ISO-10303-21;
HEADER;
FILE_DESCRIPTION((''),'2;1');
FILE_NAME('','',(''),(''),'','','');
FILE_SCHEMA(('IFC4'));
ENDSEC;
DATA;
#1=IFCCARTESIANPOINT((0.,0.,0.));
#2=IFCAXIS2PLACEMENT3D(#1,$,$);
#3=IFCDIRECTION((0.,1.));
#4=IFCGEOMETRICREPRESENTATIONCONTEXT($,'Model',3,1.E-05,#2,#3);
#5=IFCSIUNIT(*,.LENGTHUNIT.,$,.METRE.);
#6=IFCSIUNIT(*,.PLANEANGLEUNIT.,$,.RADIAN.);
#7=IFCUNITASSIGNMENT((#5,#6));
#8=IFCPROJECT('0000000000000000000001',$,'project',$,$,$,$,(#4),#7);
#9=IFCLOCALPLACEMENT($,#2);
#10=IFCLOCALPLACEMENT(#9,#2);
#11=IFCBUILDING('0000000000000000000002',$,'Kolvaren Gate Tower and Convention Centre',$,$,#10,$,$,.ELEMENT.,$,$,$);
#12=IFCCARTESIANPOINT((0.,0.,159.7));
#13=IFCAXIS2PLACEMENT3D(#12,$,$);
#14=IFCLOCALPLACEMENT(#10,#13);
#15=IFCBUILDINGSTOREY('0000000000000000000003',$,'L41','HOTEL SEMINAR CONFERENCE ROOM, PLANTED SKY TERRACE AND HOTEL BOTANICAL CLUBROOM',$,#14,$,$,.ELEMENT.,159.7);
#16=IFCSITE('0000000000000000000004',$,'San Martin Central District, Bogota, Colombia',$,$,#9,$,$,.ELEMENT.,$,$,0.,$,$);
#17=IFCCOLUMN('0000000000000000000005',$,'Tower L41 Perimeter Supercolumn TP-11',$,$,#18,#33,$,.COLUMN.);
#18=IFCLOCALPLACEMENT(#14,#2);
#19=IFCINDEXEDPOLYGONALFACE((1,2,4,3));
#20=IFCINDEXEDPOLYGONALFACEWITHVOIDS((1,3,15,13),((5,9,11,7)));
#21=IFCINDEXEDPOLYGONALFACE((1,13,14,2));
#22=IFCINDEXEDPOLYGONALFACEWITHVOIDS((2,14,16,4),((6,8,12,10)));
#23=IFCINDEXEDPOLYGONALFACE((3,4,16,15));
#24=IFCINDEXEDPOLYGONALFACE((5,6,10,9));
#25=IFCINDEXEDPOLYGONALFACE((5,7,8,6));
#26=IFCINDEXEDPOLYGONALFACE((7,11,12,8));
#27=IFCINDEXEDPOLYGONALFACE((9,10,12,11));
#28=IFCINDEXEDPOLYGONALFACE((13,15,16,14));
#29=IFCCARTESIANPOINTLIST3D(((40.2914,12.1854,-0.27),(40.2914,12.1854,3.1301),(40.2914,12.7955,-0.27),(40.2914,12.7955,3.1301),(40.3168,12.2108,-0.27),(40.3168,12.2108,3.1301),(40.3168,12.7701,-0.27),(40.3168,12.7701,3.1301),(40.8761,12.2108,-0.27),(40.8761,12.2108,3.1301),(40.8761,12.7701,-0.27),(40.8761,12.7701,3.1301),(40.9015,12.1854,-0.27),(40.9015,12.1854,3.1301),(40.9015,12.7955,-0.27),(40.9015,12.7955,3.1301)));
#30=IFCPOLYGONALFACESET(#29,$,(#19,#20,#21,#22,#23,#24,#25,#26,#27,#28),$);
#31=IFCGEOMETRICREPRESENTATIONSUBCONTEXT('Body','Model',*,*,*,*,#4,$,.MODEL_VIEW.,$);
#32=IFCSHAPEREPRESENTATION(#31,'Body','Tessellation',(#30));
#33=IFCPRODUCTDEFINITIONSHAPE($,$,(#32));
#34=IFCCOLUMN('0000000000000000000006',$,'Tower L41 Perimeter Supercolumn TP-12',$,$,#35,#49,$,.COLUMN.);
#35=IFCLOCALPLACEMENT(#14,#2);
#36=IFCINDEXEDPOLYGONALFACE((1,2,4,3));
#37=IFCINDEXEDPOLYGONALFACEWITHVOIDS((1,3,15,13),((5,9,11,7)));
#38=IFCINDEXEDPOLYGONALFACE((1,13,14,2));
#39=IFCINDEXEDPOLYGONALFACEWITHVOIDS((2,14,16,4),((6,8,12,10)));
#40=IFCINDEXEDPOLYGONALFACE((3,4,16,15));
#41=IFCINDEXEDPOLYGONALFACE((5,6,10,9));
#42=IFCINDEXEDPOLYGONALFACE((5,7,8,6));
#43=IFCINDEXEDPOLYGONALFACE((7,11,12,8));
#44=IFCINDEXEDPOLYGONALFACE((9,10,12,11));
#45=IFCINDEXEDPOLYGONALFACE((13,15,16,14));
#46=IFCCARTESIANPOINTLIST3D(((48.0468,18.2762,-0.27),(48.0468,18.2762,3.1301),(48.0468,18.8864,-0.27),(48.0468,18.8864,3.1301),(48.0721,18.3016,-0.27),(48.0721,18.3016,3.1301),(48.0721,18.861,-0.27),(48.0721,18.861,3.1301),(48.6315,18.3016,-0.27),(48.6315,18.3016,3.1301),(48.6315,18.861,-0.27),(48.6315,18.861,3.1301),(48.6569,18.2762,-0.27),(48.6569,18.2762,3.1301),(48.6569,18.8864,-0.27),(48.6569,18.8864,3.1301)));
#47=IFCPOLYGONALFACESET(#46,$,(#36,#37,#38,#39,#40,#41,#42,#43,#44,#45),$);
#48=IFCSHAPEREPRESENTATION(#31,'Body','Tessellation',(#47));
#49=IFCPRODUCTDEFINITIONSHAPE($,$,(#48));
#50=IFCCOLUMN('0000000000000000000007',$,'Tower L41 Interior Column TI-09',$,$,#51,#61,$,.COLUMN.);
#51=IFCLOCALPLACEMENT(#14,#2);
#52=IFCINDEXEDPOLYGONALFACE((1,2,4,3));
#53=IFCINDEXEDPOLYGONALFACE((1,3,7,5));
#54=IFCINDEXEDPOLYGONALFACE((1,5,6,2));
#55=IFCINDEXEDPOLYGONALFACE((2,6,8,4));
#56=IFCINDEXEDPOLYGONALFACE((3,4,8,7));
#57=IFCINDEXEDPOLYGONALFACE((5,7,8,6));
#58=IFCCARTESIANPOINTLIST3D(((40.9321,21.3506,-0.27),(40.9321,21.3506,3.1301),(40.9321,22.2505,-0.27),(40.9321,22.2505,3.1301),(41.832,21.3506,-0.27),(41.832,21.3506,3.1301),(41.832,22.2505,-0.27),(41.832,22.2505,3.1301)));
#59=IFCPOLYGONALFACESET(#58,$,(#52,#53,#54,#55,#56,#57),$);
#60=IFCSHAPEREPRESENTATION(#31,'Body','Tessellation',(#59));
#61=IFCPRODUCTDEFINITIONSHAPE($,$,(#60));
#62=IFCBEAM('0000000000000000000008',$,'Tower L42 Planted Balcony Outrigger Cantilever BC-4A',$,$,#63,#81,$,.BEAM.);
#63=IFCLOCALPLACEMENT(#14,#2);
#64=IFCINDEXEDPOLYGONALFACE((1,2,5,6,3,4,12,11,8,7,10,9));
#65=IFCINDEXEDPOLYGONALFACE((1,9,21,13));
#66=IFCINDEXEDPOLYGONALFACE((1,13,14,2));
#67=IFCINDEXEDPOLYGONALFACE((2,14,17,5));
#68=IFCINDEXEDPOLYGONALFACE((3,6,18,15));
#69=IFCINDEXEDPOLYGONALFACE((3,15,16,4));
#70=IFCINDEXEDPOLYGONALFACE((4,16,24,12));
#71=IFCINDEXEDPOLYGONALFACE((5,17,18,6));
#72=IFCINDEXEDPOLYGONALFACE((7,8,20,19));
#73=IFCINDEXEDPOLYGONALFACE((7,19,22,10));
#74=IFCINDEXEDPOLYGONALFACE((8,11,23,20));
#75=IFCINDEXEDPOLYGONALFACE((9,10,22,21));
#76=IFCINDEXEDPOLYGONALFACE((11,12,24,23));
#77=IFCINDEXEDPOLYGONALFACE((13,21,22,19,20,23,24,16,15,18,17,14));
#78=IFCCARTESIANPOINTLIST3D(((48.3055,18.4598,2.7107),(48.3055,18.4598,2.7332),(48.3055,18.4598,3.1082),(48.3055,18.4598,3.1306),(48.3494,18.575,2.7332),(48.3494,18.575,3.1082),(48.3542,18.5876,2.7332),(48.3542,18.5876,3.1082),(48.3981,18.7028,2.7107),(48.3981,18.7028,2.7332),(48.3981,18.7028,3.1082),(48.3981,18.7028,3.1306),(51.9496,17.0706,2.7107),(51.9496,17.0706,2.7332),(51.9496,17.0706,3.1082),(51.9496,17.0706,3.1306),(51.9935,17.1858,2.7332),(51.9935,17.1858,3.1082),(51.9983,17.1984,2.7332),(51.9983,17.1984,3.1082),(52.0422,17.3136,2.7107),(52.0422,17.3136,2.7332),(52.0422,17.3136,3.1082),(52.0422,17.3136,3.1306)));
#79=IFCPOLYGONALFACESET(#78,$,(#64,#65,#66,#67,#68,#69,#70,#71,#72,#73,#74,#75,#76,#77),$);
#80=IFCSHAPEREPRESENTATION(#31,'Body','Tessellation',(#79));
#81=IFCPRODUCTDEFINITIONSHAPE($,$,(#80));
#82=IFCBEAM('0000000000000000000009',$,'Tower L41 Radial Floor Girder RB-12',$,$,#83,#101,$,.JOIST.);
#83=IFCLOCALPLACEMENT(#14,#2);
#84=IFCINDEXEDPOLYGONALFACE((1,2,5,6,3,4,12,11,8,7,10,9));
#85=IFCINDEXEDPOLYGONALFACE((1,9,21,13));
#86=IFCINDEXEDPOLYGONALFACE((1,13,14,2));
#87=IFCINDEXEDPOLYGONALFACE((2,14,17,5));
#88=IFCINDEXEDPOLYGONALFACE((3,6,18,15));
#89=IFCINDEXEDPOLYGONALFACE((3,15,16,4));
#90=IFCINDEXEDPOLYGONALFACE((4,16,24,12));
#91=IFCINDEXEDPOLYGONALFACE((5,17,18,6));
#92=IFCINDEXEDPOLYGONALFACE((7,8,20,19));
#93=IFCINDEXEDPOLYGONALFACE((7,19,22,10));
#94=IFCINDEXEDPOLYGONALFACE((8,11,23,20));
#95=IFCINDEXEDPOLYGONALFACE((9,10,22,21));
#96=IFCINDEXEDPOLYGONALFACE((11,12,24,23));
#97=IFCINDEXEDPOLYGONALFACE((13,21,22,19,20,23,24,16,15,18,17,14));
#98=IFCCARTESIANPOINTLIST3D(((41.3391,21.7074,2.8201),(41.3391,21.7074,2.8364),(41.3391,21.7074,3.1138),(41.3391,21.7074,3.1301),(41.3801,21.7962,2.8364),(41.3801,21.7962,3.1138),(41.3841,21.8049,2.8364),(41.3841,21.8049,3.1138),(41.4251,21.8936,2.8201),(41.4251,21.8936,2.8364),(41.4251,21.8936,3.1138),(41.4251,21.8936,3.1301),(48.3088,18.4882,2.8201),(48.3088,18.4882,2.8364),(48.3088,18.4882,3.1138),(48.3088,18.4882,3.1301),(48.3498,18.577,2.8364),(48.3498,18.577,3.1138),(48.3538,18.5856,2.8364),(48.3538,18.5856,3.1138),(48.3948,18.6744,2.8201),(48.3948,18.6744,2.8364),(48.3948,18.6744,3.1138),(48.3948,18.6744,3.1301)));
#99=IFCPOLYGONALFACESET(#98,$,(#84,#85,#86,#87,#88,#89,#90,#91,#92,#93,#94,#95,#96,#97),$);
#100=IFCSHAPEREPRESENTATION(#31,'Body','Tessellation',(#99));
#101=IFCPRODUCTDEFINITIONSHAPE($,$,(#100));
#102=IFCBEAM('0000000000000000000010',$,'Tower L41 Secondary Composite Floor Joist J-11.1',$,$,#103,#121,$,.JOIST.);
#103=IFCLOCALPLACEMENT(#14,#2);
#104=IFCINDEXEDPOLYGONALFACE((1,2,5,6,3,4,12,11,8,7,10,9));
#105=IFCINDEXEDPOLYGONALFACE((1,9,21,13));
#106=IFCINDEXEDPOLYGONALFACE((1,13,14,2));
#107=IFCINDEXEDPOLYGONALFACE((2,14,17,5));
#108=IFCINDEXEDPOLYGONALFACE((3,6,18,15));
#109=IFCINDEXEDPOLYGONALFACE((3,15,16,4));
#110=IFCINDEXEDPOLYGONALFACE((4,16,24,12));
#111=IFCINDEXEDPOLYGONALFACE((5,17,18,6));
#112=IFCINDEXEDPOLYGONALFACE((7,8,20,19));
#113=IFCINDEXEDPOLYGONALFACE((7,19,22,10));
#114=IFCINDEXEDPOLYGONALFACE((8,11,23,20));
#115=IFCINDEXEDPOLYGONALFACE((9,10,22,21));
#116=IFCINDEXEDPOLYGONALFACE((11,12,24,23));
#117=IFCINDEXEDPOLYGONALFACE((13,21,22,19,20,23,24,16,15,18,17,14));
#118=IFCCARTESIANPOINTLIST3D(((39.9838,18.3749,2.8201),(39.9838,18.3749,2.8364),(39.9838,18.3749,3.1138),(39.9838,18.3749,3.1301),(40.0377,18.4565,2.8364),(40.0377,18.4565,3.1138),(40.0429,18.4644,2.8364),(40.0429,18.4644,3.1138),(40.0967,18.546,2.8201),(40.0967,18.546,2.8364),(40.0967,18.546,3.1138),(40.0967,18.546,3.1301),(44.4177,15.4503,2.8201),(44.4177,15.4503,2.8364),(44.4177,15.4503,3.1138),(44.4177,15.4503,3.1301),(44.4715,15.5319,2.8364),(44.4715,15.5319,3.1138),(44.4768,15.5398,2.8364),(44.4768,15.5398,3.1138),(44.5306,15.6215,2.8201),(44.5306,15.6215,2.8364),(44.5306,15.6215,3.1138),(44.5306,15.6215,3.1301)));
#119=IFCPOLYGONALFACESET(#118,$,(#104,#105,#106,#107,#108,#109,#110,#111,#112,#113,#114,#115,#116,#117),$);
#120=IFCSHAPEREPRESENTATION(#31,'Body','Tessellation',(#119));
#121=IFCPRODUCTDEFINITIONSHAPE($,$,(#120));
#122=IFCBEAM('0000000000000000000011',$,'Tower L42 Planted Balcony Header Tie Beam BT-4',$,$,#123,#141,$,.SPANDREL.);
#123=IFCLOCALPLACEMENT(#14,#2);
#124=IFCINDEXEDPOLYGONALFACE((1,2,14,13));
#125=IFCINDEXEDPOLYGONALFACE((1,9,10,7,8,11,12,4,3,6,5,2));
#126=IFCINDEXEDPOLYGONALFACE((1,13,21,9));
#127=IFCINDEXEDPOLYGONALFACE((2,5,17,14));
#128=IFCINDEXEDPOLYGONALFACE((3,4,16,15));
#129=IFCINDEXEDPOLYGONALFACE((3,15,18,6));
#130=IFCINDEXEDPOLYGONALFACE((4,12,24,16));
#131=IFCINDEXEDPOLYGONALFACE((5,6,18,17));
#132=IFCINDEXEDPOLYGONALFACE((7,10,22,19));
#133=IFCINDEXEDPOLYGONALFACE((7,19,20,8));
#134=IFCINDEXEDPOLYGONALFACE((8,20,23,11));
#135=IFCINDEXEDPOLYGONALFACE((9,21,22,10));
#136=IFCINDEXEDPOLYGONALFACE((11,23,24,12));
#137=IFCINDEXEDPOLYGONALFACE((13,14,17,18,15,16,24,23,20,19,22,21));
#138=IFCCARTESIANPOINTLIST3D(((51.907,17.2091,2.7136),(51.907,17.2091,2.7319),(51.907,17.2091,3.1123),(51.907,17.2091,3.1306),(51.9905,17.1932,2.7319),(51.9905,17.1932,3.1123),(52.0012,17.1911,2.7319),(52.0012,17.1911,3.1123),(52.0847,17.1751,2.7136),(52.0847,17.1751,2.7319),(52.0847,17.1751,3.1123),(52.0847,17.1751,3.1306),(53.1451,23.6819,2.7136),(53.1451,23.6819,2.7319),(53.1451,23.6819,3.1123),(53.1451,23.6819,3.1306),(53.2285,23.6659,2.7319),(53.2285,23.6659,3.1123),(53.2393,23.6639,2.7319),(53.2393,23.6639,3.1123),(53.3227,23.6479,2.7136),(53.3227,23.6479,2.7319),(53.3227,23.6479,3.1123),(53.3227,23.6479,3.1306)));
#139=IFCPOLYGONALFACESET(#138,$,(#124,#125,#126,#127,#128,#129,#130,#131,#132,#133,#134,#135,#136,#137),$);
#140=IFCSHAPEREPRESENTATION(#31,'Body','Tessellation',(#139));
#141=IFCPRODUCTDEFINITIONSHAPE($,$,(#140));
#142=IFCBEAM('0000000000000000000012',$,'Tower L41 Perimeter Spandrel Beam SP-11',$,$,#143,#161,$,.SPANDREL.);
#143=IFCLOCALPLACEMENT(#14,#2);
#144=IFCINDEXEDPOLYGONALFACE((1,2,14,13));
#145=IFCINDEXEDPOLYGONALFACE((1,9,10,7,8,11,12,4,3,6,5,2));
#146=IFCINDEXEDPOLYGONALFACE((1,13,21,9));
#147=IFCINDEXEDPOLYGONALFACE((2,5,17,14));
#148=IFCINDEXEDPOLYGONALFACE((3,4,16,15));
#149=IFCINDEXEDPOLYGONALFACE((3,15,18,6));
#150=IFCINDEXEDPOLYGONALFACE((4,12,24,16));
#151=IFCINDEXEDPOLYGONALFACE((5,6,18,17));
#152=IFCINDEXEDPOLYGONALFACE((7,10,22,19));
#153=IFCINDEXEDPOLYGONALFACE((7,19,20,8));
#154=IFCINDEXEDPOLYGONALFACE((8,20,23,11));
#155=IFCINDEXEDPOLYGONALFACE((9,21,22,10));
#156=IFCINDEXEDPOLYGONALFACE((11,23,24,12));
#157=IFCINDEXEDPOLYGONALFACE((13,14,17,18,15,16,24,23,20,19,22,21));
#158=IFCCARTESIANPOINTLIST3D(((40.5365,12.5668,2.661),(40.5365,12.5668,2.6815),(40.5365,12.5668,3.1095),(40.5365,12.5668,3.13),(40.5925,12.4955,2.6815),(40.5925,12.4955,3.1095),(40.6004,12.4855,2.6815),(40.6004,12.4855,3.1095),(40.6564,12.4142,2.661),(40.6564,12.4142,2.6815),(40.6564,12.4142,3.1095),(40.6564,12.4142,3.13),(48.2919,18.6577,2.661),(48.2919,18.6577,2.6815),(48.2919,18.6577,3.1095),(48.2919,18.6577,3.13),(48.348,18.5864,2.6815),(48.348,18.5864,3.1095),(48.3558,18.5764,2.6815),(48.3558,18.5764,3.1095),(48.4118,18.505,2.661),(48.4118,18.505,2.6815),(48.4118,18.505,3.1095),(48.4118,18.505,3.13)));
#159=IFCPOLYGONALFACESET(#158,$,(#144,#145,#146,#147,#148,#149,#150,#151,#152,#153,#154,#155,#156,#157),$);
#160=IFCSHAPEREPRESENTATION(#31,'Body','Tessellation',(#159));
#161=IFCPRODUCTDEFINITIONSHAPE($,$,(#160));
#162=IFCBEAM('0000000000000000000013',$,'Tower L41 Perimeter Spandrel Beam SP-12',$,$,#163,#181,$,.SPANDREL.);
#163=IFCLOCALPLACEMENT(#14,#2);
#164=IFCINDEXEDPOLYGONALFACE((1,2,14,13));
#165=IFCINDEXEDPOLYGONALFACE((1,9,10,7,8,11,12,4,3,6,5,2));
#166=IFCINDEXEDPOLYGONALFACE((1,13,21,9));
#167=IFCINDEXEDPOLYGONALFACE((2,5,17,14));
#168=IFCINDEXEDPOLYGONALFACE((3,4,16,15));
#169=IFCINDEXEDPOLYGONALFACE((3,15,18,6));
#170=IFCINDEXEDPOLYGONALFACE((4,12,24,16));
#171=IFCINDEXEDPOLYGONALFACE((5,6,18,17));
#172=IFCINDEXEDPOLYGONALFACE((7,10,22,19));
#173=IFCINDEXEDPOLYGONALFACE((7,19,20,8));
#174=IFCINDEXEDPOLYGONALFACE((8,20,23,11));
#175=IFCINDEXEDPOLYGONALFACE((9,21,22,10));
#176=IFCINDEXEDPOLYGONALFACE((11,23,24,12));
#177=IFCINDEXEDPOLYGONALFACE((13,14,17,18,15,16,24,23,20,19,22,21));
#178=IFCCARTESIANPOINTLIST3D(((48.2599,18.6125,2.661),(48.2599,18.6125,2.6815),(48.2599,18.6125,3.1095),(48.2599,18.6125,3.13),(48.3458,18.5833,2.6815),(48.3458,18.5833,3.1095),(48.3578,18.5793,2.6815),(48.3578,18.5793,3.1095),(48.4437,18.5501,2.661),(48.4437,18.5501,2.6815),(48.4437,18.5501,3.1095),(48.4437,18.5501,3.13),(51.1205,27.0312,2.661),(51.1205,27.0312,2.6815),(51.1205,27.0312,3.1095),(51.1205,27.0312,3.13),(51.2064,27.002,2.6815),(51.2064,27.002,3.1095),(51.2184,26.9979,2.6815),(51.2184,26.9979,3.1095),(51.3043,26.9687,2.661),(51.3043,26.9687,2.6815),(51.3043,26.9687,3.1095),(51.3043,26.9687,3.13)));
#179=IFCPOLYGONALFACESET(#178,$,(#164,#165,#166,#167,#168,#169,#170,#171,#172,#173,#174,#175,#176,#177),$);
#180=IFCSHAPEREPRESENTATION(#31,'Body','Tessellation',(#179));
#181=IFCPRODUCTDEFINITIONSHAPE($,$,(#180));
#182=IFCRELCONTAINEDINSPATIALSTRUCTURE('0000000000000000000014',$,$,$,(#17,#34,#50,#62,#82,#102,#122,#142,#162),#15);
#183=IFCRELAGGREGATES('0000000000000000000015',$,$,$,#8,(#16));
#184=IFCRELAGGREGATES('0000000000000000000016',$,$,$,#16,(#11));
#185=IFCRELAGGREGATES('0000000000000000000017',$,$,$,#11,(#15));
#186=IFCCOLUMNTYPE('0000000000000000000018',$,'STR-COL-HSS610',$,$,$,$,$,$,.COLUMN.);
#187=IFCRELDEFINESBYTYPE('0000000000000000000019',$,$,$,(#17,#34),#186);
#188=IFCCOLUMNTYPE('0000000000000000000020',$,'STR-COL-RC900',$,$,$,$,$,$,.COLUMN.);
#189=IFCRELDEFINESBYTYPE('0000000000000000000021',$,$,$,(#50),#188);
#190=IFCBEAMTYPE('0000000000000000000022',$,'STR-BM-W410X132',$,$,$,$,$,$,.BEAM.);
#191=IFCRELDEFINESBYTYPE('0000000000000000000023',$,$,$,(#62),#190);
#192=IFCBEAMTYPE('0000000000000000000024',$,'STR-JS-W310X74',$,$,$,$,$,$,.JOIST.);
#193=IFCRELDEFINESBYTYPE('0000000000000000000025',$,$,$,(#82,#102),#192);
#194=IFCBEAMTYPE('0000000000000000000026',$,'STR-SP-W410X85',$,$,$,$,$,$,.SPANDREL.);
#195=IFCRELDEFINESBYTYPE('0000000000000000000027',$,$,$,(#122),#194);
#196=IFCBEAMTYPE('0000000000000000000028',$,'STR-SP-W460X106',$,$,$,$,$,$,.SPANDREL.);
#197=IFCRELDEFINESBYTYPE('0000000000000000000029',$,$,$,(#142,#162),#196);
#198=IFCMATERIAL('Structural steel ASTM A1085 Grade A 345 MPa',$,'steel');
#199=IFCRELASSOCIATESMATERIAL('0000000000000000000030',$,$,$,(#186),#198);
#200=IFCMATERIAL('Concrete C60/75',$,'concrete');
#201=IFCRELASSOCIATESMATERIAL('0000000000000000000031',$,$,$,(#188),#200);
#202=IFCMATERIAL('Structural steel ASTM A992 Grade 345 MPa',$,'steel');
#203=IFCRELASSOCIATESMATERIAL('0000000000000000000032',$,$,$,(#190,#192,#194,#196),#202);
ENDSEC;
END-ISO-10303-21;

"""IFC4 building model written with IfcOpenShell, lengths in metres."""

from ifc_helpers import new_model, si_unit, direction, frame, origin, origin_2d, place, context, subcontext, project, spatial, rectangle, hollow_rectangle, i_section, extrude, material, material_profile, profile_set, type_object, element, save


model = new_model("IFC4")

# Units and contexts
model_context = context("Model", 3, precision=1e-05, world=origin(), true_north=direction((0.0, 1.0)))
body_context = subcontext(model_context, "Body", "Model", "MODEL_VIEW")
ifc_project = project(units=[si_unit("LENGTHUNIT", "METRE"), si_unit("PLANEANGLEUNIT", "RADIAN")], contexts=[model_context])

# Site, building, storey
site_placement = place(None, origin())
site = spatial("IfcSite", under=ifc_project, at=site_placement, Name="San Martin Central District, Bogota, Colombia", CompositionType="ELEMENT", RefElevation=0.0)
building_placement = place(site_placement, origin())
building = spatial("IfcBuilding", under=site, at=building_placement, Name="Kolvaren Gate Tower and Convention Centre", CompositionType="ELEMENT")
storey_placement = place(building_placement, frame((0.0, 0.0, 159.7)))
storey = spatial("IfcBuildingStorey", under=building, at=storey_placement, Name="L41", Description="HOTEL SEMINAR CONFERENCE ROOM, PLANTED SKY TERRACE AND HOTEL BOTANICAL CLUBROOM", CompositionType="ELEMENT", Elevation=159.7)

# Columns
ifc_material_1 = material(Name="Structural steel ASTM A1085 Grade A 345 MPa", Category="steel")
ifc_material_profile_1 = material_profile(ifc_material_1, hollow_rectangle(XDim=0.6101, YDim=0.6101, WallThickness=0.0254, at=origin_2d()), Name="HSS610X610X25.4")
ifc_profile_set_1 = profile_set([ifc_material_profile_1], Name="Structural steel ASTM A1085 Grade A 345 MPa")
column_type_1 = type_object("IfcColumnType", Name="STR-COL-HSS610", PredefinedType="COLUMN", material=ifc_profile_set_1)
for number, where, z_axis, x_axis, name in (
    (1, (40.5964, 12.4905, -0.27), (0.0, 0.0, 1.0), (1.0, 0.0, 0.0), "Tower L41 Perimeter Supercolumn TP-11"),
    (2, (48.3518, 18.5813, -0.27), (0.0, 0.0, 1.0), (1.0, 0.0, 0.0), "Tower L41 Perimeter Supercolumn TP-12"),
):
    element("IfcColumn", number, at=place(storey_placement, frame(where, z_axis=z_axis, x_axis=x_axis)), inside=storey, type_object=column_type_1, Name=name, PredefinedType="COLUMN", context=body_context, shape_type="SweptSolid", body=[
        extrude(hollow_rectangle(XDim=0.6101, YDim=0.6101, WallThickness=0.0254, at=origin_2d()), origin(), (0.0, 0.0, 1.0), 3.4001),
    ])
ifc_material_2 = material(Name="Concrete C60/75", Category="concrete")
ifc_material_profile_2 = material_profile(ifc_material_2, rectangle(XDim=0.8999, YDim=0.8999, at=origin_2d()), Name="RC-COL-900X900")
ifc_profile_set_2 = profile_set([ifc_material_profile_2], Name="Concrete C60/75")
column_type_2 = type_object("IfcColumnType", Name="STR-COL-RC900", PredefinedType="COLUMN", material=ifc_profile_set_2)
column_placement = place(storey_placement, frame((41.3821, 21.8005, -0.27), z_axis=(0.0, 0.0, 1.0), x_axis=(1.0, 0.0, 0.0)))
element("IfcColumn", 3, at=column_placement, inside=storey, type_object=column_type_2, Name="Tower L41 Interior Column TI-09", PredefinedType="COLUMN", context=body_context, shape_type="SweptSolid", body=[
    extrude(rectangle(XDim=0.8999, YDim=0.8999, at=origin_2d()), origin(), (0.0, 0.0, 1.0), 3.4001),
])

# Beams
ifc_material_3 = material(Name="Structural steel ASTM A992 Grade 345 MPa", Category="steel")
ifc_material_profile_3 = material_profile(ifc_material_3, i_section(OverallWidth=0.26, OverallDepth=0.4199, WebThickness=0.0134, FlangeThickness=0.0225, at=origin_2d()), Name="W410X132")
ifc_profile_set_3 = profile_set([ifc_material_profile_3], Name="Structural steel ASTM A992 Grade 345 MPa")
beam_type_1 = type_object("IfcBeamType", Name="STR-BM-W410X132", PredefinedType="BEAM", material=ifc_profile_set_3)
beam_1_placement = place(storey_placement, frame((48.3518, 18.5813, 2.9207), z_axis=(0.934406, -0.356209, 0.0), x_axis=(0.356209, 0.934406, 0.0)))
element("IfcBeam", 4, at=beam_1_placement, inside=storey, type_object=beam_type_1, Name="Tower L42 Planted Balcony Outrigger Cantilever BC-4A", PredefinedType="BEAM", context=body_context, shape_type="SweptSolid", body=[
    extrude(i_section(OverallWidth=0.26, OverallDepth=0.4199, WebThickness=0.0134, FlangeThickness=0.0225, at=origin_2d()), origin(), (0.0, 0.0, 1.0), 3.8999),
])
ifc_material_profile_4 = material_profile(ifc_material_3, i_section(OverallWidth=0.2051, OverallDepth=0.3101, WebThickness=0.0095, FlangeThickness=0.0164, at=origin_2d()), Name="W310X74")
ifc_profile_set_4 = profile_set([ifc_material_profile_4], Name="Structural steel ASTM A992 Grade 345 MPa")
beam_type_2 = type_object("IfcBeamType", Name="STR-JS-W310X74", PredefinedType="JOIST", material=ifc_profile_set_4)
beam_2_placement = place(storey_placement, frame((41.3821, 21.8005, 2.9751), z_axis=(0.907838, -0.41932, 0.0), x_axis=(0.41932, 0.907838, 0.0)))
element("IfcBeam", 5, at=beam_2_placement, inside=storey, type_object=beam_type_2, Name="Tower L41 Radial Floor Girder RB-12", PredefinedType="JOIST", context=body_context, shape_type="SweptSolid", body=[
    extrude(i_section(OverallWidth=0.2051, OverallDepth=0.3101, WebThickness=0.0095, FlangeThickness=0.0164, at=origin_2d()), origin(), (0.0, 0.0, 1.0), 7.6772),
])
beam_3_placement = place(storey_placement, frame((40.0403, 18.4604, 2.9751), z_axis=(0.834763, -0.55061, 0.0), x_axis=(0.55061, 0.834763, 0.0)))
element("IfcBeam", 6, at=beam_3_placement, inside=storey, type_object=beam_type_2, Name="Tower L41 Secondary Composite Floor Joist J-11.1", PredefinedType="JOIST", context=body_context, shape_type="SweptSolid", body=[
    extrude(i_section(OverallWidth=0.2051, OverallDepth=0.3101, WebThickness=0.0095, FlangeThickness=0.0164, at=origin_2d()), origin(), (0.0, 0.0, 1.0), 5.3115),
])
ifc_material_profile_5 = material_profile(ifc_material_3, i_section(OverallWidth=0.1809, OverallDepth=0.417, WebThickness=0.011, FlangeThickness=0.0183, at=origin_2d()), Name="W410X85")
ifc_profile_set_5 = profile_set([ifc_material_profile_5], Name="Structural steel ASTM A992 Grade 345 MPa")
beam_type_3 = type_object("IfcBeamType", Name="STR-SP-W410X85", PredefinedType="SPANDREL", material=ifc_profile_set_5)
beam_4_placement = place(storey_placement, frame((51.9958, 17.1921, 2.9221), z_axis=(0.187866, 0.982195, 0.0), x_axis=(-0.982195, 0.187866, 0.0)))
element("IfcBeam", 7, at=beam_4_placement, inside=storey, type_object=beam_type_3, Name="Tower L42 Planted Balcony Header Tie Beam BT-4", PredefinedType="SPANDREL", context=body_context, shape_type="SweptSolid", body=[
    extrude(i_section(OverallWidth=0.1809, OverallDepth=0.417, WebThickness=0.011, FlangeThickness=0.0183, at=origin_2d()), origin(), (0.0, 0.0, 1.0), 6.5901),
])
ifc_material_profile_6 = material_profile(ifc_material_3, i_section(OverallWidth=0.1941, OverallDepth=0.469, WebThickness=0.0127, FlangeThickness=0.0205, at=origin_2d()), Name="W460X106")
ifc_profile_set_6 = profile_set([ifc_material_profile_6], Name="Structural steel ASTM A992 Grade 345 MPa")
beam_type_4 = type_object("IfcBeamType", Name="STR-SP-W460X106", PredefinedType="SPANDREL", material=ifc_profile_set_6)
beam_5_placement = place(storey_placement, frame((40.5964, 12.4905, 2.8955), z_axis=(0.786451, 0.617653, 0.0), x_axis=(-0.617653, 0.786451, 0.0)))
element("IfcBeam", 8, at=beam_5_placement, inside=storey, type_object=beam_type_4, Name="Tower L41 Perimeter Spandrel Beam SP-11", PredefinedType="SPANDREL", context=body_context, shape_type="SweptSolid", body=[
    extrude(i_section(OverallWidth=0.1941, OverallDepth=0.469, WebThickness=0.0127, FlangeThickness=0.0205, at=origin_2d()), origin(), (0.0, 0.0, 1.0), 9.8613),
])
beam_6_placement = place(storey_placement, frame((48.3518, 18.5813, 2.8955), z_axis=(0.321725, 0.946833, 0.0), x_axis=(-0.946833, 0.321725, 0.0)))
element("IfcBeam", 9, at=beam_6_placement, inside=storey, type_object=beam_type_4, Name="Tower L41 Perimeter Spandrel Beam SP-12", PredefinedType="SPANDREL", context=body_context, shape_type="SweptSolid", body=[
    extrude(i_section(OverallWidth=0.1941, OverallDepth=0.469, WebThickness=0.0127, FlangeThickness=0.0205, at=origin_2d()), origin(), (0.0, 0.0, 1.0), 8.8914),
])

save(model, "model.ifc")
